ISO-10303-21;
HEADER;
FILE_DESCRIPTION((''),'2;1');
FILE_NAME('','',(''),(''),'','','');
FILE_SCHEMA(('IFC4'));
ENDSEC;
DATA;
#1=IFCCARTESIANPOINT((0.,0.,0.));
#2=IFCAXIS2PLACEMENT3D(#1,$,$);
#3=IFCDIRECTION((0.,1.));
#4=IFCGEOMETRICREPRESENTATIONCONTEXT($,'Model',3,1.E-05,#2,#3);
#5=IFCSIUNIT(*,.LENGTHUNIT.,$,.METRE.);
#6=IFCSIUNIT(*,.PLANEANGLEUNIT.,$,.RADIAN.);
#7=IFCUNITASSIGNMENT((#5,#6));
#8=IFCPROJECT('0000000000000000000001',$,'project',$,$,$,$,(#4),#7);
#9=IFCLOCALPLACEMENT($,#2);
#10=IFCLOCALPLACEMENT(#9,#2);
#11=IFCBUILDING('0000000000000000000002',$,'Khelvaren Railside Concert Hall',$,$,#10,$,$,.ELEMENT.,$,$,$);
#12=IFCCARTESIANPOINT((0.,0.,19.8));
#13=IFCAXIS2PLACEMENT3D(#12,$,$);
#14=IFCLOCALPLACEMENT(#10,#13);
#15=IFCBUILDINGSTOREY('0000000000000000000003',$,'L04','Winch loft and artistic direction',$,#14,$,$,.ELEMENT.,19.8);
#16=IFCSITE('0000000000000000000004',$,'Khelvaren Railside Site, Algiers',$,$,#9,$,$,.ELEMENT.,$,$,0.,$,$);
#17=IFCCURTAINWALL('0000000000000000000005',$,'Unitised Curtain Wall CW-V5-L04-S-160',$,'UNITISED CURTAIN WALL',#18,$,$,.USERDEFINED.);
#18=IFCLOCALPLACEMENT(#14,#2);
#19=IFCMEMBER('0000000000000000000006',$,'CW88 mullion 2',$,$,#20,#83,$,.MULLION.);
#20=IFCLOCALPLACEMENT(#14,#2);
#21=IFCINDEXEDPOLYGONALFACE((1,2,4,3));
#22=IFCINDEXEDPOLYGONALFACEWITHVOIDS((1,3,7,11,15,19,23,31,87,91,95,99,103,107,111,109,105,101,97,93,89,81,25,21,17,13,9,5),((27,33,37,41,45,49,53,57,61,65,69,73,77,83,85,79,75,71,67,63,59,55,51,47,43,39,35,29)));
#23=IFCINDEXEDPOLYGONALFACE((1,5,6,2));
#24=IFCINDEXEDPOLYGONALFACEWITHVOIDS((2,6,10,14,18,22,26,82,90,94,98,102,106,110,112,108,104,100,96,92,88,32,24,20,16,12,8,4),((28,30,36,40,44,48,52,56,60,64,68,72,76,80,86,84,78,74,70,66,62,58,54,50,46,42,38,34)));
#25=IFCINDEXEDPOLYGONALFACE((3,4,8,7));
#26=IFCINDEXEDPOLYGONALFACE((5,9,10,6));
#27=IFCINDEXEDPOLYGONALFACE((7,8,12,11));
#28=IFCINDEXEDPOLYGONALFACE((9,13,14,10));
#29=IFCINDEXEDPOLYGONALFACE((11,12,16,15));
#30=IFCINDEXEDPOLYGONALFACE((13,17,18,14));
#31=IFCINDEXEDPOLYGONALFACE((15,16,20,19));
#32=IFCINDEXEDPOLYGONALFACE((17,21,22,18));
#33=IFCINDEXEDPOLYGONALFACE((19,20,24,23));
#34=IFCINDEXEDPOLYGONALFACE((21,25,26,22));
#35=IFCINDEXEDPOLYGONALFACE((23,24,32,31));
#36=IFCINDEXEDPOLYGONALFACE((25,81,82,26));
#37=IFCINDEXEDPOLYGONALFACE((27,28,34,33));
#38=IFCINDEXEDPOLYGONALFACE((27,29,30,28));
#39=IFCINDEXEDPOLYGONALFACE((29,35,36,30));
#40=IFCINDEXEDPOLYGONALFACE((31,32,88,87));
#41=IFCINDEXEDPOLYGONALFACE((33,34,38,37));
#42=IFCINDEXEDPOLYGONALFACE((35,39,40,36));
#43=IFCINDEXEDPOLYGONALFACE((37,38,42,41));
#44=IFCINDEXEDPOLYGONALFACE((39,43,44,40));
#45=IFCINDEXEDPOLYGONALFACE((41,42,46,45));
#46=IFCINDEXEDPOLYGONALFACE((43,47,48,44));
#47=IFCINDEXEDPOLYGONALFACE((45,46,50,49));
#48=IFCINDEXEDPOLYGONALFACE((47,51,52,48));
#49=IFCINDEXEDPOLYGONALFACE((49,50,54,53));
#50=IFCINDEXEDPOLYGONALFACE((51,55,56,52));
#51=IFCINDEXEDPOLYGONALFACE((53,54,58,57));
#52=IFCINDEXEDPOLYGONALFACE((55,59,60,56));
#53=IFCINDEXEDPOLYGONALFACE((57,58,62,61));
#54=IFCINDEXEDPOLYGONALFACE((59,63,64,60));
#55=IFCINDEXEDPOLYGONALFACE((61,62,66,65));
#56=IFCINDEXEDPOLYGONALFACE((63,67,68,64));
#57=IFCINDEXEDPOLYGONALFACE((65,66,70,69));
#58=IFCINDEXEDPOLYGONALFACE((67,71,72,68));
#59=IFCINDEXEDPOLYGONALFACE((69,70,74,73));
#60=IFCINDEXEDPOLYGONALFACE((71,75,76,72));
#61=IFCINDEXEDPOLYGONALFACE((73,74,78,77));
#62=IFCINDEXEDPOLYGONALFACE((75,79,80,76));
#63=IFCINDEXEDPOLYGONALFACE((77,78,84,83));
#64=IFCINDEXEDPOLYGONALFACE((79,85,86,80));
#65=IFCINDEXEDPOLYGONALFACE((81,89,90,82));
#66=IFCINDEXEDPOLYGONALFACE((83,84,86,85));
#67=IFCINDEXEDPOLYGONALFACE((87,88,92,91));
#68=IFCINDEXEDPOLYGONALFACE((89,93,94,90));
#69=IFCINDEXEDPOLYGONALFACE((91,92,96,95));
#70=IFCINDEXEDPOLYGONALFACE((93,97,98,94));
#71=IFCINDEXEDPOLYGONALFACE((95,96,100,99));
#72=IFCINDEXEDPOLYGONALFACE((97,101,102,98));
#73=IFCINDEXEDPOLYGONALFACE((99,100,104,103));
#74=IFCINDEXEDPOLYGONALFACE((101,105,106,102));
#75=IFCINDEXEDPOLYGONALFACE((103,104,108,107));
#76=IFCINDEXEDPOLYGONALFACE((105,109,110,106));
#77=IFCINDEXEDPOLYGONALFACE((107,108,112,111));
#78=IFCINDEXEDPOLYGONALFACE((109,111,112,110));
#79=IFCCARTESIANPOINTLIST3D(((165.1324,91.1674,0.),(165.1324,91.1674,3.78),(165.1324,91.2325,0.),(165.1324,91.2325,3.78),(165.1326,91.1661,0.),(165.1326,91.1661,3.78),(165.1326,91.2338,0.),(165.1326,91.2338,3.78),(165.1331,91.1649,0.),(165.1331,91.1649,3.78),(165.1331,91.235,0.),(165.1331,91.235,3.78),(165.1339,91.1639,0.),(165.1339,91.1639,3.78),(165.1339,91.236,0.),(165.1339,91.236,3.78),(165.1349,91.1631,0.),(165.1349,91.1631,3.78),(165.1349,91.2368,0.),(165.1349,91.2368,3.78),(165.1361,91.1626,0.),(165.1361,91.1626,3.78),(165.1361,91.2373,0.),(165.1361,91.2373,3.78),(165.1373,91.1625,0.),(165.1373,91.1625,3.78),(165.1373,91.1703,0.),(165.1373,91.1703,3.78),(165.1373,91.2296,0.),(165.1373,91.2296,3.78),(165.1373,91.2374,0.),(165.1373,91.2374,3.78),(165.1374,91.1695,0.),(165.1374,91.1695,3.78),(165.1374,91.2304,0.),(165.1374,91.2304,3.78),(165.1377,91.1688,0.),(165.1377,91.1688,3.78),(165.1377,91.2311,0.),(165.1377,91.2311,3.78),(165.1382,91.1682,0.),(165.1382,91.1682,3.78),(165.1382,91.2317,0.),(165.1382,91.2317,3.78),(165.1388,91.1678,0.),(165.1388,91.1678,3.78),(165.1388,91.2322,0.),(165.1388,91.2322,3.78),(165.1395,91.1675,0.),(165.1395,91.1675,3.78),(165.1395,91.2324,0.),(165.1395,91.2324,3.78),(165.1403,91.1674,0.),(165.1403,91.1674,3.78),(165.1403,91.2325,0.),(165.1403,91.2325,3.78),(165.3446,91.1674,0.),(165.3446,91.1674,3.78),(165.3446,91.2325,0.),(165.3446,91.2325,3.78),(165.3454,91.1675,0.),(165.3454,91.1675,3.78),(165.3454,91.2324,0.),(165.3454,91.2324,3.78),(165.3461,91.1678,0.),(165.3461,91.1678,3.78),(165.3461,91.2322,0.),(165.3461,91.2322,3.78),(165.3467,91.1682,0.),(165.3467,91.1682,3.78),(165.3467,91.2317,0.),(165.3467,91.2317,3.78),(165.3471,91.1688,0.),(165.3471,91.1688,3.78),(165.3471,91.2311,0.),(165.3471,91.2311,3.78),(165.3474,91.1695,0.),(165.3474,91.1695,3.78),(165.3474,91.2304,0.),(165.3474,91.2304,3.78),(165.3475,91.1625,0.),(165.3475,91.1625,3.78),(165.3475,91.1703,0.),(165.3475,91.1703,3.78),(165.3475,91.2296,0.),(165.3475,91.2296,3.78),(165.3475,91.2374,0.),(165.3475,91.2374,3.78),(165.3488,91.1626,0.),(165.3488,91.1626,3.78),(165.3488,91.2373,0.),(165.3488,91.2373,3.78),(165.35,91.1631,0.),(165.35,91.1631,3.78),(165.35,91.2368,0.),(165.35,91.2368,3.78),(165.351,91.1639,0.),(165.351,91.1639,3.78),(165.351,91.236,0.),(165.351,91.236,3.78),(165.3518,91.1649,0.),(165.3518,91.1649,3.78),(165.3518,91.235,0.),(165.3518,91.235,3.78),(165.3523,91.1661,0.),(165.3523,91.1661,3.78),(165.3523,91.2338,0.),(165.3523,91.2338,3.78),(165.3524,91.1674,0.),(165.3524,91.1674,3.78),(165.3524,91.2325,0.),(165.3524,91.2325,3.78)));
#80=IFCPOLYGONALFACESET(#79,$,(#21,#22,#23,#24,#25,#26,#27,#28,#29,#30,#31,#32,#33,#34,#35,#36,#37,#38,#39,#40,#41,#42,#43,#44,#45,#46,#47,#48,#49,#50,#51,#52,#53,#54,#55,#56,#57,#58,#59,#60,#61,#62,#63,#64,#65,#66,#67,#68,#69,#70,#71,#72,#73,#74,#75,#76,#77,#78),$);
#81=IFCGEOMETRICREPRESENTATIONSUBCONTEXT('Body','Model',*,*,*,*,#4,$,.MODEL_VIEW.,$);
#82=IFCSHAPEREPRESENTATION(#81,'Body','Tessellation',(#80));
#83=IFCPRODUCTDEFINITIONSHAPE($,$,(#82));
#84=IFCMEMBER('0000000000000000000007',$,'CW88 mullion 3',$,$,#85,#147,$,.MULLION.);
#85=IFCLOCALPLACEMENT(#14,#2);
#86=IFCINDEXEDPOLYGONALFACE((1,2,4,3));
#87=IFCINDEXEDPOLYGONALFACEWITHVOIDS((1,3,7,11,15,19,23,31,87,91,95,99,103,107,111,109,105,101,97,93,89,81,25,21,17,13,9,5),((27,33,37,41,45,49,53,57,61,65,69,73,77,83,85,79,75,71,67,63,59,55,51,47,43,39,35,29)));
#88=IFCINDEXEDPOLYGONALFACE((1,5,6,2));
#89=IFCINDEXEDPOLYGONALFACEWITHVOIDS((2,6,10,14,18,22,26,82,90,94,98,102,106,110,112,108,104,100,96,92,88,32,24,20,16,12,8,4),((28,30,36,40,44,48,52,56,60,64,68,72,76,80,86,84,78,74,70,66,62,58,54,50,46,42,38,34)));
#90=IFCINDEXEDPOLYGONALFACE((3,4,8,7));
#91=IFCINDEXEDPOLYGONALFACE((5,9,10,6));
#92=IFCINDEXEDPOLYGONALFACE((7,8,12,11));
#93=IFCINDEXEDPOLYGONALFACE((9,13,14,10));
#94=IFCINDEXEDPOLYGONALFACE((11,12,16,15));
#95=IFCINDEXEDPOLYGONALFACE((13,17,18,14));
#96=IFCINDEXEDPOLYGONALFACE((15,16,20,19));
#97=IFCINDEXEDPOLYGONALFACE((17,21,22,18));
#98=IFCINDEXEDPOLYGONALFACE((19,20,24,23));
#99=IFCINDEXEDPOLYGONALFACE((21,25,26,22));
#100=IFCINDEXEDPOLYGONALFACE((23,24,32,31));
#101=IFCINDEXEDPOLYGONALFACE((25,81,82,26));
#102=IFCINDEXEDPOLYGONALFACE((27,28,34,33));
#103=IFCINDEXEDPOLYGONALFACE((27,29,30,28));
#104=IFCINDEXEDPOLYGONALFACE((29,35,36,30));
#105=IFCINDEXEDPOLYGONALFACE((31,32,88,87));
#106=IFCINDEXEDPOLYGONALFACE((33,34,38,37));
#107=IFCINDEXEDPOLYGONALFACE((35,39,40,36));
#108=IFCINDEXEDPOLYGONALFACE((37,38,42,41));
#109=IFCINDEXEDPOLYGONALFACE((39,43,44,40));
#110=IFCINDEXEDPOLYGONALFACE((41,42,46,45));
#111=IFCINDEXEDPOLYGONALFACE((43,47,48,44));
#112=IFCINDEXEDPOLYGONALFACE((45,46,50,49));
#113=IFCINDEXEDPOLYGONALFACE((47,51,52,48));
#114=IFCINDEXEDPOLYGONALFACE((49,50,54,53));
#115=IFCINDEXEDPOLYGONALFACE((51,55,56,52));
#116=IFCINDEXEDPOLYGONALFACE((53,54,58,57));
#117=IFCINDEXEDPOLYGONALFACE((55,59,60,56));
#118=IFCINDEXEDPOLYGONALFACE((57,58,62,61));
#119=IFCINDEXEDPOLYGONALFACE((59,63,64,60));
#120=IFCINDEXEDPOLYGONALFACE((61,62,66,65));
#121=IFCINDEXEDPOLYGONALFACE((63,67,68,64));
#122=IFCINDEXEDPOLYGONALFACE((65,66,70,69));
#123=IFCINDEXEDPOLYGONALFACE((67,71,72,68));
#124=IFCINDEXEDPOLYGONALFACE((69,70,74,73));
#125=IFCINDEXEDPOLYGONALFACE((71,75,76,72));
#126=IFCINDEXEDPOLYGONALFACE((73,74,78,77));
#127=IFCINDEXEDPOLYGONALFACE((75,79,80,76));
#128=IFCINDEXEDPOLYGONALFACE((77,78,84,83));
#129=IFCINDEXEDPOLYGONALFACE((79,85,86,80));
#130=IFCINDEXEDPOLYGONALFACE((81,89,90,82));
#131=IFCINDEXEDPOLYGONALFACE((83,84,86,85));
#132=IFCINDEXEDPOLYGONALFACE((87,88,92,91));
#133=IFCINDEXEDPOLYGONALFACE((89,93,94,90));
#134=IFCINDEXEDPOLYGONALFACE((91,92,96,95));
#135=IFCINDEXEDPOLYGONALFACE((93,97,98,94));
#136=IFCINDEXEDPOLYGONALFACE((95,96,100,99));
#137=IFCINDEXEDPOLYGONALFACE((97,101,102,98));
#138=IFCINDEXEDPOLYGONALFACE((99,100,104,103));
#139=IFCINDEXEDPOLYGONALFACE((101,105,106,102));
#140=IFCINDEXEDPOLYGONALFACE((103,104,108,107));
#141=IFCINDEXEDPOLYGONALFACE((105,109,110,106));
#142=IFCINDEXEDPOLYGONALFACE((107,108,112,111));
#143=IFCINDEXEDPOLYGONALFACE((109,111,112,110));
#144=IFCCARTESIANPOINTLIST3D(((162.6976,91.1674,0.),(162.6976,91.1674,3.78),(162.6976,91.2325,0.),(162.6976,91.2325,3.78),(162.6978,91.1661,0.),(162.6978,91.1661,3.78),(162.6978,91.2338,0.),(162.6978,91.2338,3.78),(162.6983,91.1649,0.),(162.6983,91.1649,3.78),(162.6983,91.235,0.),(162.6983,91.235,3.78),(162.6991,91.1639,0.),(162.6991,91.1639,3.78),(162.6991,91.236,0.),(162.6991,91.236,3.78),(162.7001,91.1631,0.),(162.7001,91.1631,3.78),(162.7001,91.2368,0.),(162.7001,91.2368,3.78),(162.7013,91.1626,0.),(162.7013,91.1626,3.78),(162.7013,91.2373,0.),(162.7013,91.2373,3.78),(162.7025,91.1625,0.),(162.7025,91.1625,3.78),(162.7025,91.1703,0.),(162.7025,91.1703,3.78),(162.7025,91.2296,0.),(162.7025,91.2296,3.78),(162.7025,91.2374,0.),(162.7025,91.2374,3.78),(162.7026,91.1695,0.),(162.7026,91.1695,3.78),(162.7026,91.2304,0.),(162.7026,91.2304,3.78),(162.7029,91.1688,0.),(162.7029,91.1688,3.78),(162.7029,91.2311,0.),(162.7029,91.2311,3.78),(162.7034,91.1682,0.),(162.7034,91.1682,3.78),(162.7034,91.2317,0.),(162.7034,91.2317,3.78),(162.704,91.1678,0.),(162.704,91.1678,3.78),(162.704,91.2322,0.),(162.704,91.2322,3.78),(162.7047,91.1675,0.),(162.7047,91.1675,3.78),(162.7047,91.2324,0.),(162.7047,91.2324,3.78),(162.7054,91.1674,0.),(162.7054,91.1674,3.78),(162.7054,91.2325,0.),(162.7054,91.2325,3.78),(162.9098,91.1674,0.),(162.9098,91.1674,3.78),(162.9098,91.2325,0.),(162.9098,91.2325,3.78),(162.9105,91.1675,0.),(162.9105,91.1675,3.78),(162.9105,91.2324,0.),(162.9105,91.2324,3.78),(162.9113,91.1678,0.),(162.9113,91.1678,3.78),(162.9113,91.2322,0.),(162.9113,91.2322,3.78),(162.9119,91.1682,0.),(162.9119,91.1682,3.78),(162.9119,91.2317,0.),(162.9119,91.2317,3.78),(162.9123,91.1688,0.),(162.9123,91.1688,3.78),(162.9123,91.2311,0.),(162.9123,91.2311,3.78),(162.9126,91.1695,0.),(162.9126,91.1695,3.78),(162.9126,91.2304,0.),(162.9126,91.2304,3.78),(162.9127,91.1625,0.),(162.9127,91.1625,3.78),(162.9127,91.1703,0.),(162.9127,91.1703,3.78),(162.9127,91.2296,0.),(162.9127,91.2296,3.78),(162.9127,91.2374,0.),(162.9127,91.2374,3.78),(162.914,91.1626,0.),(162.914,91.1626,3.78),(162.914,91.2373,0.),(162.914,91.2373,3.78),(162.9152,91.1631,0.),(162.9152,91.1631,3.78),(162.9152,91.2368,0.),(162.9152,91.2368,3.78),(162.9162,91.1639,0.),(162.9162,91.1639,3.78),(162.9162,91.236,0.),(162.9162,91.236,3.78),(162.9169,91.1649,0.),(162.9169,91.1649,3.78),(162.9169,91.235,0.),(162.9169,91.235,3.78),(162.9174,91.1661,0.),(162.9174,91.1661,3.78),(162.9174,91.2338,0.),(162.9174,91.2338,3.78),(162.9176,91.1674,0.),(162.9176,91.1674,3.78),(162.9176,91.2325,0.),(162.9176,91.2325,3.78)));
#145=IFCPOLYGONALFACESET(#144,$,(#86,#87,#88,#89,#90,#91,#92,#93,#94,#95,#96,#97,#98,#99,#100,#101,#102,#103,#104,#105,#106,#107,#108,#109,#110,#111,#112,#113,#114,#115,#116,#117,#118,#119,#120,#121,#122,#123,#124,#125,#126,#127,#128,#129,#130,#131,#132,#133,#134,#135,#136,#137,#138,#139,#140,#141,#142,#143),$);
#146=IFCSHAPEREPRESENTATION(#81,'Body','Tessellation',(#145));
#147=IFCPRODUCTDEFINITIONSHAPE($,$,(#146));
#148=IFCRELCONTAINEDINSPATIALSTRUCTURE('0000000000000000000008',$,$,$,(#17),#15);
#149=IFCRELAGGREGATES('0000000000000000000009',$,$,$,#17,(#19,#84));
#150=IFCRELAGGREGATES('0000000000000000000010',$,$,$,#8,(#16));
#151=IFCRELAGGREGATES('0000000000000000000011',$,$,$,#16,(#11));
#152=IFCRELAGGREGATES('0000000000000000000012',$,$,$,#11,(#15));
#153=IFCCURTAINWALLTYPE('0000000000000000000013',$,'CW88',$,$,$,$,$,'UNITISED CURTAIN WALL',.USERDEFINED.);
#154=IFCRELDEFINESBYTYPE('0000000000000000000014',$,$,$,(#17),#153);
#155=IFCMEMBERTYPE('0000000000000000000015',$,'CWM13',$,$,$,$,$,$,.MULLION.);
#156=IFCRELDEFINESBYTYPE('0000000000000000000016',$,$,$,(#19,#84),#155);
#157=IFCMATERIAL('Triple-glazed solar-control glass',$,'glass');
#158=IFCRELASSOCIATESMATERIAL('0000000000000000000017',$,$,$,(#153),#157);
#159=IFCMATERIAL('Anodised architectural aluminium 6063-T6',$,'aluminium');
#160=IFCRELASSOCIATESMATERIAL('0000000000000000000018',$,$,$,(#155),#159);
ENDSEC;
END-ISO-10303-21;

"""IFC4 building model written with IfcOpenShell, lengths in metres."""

from ifc_helpers import new_model, si_unit, direction, frame, origin, origin_2d, place, context, subcontext, project, spatial, hollow_rectangle, extrude, material, material_profile, profile_set, type_object, element, aggregate, save


model = new_model("IFC4")

# Units and contexts
model_context = context("Model", 3, precision=1e-05, world=origin(), true_north=direction((0.0, 1.0)))
body_context = subcontext(model_context, "Body", "Model", "MODEL_VIEW")
ifc_project = project(units=[si_unit("LENGTHUNIT", "METRE"), si_unit("PLANEANGLEUNIT", "RADIAN")], contexts=[model_context])

# Site, building, storey
site_placement = place(None, origin())
site = spatial("IfcSite", under=ifc_project, at=site_placement, Name="Khelvaren Railside Site, Algiers", CompositionType="ELEMENT", RefElevation=0.0)
building_placement = place(site_placement, origin())
building = spatial("IfcBuilding", under=site, at=building_placement, Name="Khelvaren Railside Concert Hall", CompositionType="ELEMENT")
storey_placement = place(building_placement, frame((0.0, 0.0, 19.8)))
storey = spatial("IfcBuildingStorey", under=building, at=storey_placement, Name="L04", Description="Winch loft and artistic direction", CompositionType="ELEMENT", Elevation=19.8)

# Curtain wall, members
ifc_material_1 = material(Name="Triple-glazed solar-control glass", Category="glass")
curtain_wall_type_1 = type_object("IfcCurtainWallType", Name="CW88", ElementType="UNITISED CURTAIN WALL", PredefinedType="USERDEFINED", material=ifc_material_1)
curtain_wall_1_placement = place(storey_placement, origin())
curtain_wall_1 = element("IfcCurtainWall", 1, at=curtain_wall_1_placement, inside=storey, type_object=curtain_wall_type_1, Name="Unitised Curtain Wall CW-V5-L04-S-160", ObjectType="UNITISED CURTAIN WALL", PredefinedType="USERDEFINED")
ifc_material_2 = material(Name="Anodised architectural aluminium 6063-T6", Category="aluminium")
ifc_material_profile_1 = material_profile(ifc_material_2, hollow_rectangle(XDim=0.075, YDim=0.22, WallThickness=0.0049, InnerFilletRadius=0.0029, OuterFilletRadius=0.0049, at=origin_2d()), Name="CWM 75x220x5")
ifc_profile_set_1 = profile_set([ifc_material_profile_1], Name="Anodised architectural aluminium 6063-T6")
member_type_1 = type_object("IfcMemberType", Name="CWM13", PredefinedType="MULLION", material=ifc_profile_set_1)
member_1_placement = place(storey_placement, frame((165.2424, 91.2, 0.0), z_axis=(0.0, 0.0, 1.0), x_axis=(0.0, -1.0, 0.0)))
member_1 = element("IfcMember", 2, at=member_1_placement, type_object=member_type_1, Name="CW88 mullion 2", PredefinedType="MULLION", context=body_context, shape_type="SweptSolid", body=[
    extrude(hollow_rectangle(XDim=0.075, YDim=0.22, WallThickness=0.0049, InnerFilletRadius=0.0029, OuterFilletRadius=0.0049, at=origin_2d()), origin(), (0.0, 0.0, 1.0), 3.78),
])
member_2_placement = place(storey_placement, frame((162.8076, 91.2, 0.0), z_axis=(0.0, 0.0, 1.0), x_axis=(0.0, -1.0, 0.0)))
member_2 = element("IfcMember", 3, at=member_2_placement, type_object=member_type_1, Name="CW88 mullion 3", PredefinedType="MULLION", context=body_context, shape_type="SweptSolid", body=[
    extrude(hollow_rectangle(XDim=0.075, YDim=0.22, WallThickness=0.0049, InnerFilletRadius=0.0029, OuterFilletRadius=0.0049, at=origin_2d()), origin(), (0.0, 0.0, 1.0), 3.78),
])

aggregate(curtain_wall_1, [member_1, member_2])

save(model, "model.ifc")
